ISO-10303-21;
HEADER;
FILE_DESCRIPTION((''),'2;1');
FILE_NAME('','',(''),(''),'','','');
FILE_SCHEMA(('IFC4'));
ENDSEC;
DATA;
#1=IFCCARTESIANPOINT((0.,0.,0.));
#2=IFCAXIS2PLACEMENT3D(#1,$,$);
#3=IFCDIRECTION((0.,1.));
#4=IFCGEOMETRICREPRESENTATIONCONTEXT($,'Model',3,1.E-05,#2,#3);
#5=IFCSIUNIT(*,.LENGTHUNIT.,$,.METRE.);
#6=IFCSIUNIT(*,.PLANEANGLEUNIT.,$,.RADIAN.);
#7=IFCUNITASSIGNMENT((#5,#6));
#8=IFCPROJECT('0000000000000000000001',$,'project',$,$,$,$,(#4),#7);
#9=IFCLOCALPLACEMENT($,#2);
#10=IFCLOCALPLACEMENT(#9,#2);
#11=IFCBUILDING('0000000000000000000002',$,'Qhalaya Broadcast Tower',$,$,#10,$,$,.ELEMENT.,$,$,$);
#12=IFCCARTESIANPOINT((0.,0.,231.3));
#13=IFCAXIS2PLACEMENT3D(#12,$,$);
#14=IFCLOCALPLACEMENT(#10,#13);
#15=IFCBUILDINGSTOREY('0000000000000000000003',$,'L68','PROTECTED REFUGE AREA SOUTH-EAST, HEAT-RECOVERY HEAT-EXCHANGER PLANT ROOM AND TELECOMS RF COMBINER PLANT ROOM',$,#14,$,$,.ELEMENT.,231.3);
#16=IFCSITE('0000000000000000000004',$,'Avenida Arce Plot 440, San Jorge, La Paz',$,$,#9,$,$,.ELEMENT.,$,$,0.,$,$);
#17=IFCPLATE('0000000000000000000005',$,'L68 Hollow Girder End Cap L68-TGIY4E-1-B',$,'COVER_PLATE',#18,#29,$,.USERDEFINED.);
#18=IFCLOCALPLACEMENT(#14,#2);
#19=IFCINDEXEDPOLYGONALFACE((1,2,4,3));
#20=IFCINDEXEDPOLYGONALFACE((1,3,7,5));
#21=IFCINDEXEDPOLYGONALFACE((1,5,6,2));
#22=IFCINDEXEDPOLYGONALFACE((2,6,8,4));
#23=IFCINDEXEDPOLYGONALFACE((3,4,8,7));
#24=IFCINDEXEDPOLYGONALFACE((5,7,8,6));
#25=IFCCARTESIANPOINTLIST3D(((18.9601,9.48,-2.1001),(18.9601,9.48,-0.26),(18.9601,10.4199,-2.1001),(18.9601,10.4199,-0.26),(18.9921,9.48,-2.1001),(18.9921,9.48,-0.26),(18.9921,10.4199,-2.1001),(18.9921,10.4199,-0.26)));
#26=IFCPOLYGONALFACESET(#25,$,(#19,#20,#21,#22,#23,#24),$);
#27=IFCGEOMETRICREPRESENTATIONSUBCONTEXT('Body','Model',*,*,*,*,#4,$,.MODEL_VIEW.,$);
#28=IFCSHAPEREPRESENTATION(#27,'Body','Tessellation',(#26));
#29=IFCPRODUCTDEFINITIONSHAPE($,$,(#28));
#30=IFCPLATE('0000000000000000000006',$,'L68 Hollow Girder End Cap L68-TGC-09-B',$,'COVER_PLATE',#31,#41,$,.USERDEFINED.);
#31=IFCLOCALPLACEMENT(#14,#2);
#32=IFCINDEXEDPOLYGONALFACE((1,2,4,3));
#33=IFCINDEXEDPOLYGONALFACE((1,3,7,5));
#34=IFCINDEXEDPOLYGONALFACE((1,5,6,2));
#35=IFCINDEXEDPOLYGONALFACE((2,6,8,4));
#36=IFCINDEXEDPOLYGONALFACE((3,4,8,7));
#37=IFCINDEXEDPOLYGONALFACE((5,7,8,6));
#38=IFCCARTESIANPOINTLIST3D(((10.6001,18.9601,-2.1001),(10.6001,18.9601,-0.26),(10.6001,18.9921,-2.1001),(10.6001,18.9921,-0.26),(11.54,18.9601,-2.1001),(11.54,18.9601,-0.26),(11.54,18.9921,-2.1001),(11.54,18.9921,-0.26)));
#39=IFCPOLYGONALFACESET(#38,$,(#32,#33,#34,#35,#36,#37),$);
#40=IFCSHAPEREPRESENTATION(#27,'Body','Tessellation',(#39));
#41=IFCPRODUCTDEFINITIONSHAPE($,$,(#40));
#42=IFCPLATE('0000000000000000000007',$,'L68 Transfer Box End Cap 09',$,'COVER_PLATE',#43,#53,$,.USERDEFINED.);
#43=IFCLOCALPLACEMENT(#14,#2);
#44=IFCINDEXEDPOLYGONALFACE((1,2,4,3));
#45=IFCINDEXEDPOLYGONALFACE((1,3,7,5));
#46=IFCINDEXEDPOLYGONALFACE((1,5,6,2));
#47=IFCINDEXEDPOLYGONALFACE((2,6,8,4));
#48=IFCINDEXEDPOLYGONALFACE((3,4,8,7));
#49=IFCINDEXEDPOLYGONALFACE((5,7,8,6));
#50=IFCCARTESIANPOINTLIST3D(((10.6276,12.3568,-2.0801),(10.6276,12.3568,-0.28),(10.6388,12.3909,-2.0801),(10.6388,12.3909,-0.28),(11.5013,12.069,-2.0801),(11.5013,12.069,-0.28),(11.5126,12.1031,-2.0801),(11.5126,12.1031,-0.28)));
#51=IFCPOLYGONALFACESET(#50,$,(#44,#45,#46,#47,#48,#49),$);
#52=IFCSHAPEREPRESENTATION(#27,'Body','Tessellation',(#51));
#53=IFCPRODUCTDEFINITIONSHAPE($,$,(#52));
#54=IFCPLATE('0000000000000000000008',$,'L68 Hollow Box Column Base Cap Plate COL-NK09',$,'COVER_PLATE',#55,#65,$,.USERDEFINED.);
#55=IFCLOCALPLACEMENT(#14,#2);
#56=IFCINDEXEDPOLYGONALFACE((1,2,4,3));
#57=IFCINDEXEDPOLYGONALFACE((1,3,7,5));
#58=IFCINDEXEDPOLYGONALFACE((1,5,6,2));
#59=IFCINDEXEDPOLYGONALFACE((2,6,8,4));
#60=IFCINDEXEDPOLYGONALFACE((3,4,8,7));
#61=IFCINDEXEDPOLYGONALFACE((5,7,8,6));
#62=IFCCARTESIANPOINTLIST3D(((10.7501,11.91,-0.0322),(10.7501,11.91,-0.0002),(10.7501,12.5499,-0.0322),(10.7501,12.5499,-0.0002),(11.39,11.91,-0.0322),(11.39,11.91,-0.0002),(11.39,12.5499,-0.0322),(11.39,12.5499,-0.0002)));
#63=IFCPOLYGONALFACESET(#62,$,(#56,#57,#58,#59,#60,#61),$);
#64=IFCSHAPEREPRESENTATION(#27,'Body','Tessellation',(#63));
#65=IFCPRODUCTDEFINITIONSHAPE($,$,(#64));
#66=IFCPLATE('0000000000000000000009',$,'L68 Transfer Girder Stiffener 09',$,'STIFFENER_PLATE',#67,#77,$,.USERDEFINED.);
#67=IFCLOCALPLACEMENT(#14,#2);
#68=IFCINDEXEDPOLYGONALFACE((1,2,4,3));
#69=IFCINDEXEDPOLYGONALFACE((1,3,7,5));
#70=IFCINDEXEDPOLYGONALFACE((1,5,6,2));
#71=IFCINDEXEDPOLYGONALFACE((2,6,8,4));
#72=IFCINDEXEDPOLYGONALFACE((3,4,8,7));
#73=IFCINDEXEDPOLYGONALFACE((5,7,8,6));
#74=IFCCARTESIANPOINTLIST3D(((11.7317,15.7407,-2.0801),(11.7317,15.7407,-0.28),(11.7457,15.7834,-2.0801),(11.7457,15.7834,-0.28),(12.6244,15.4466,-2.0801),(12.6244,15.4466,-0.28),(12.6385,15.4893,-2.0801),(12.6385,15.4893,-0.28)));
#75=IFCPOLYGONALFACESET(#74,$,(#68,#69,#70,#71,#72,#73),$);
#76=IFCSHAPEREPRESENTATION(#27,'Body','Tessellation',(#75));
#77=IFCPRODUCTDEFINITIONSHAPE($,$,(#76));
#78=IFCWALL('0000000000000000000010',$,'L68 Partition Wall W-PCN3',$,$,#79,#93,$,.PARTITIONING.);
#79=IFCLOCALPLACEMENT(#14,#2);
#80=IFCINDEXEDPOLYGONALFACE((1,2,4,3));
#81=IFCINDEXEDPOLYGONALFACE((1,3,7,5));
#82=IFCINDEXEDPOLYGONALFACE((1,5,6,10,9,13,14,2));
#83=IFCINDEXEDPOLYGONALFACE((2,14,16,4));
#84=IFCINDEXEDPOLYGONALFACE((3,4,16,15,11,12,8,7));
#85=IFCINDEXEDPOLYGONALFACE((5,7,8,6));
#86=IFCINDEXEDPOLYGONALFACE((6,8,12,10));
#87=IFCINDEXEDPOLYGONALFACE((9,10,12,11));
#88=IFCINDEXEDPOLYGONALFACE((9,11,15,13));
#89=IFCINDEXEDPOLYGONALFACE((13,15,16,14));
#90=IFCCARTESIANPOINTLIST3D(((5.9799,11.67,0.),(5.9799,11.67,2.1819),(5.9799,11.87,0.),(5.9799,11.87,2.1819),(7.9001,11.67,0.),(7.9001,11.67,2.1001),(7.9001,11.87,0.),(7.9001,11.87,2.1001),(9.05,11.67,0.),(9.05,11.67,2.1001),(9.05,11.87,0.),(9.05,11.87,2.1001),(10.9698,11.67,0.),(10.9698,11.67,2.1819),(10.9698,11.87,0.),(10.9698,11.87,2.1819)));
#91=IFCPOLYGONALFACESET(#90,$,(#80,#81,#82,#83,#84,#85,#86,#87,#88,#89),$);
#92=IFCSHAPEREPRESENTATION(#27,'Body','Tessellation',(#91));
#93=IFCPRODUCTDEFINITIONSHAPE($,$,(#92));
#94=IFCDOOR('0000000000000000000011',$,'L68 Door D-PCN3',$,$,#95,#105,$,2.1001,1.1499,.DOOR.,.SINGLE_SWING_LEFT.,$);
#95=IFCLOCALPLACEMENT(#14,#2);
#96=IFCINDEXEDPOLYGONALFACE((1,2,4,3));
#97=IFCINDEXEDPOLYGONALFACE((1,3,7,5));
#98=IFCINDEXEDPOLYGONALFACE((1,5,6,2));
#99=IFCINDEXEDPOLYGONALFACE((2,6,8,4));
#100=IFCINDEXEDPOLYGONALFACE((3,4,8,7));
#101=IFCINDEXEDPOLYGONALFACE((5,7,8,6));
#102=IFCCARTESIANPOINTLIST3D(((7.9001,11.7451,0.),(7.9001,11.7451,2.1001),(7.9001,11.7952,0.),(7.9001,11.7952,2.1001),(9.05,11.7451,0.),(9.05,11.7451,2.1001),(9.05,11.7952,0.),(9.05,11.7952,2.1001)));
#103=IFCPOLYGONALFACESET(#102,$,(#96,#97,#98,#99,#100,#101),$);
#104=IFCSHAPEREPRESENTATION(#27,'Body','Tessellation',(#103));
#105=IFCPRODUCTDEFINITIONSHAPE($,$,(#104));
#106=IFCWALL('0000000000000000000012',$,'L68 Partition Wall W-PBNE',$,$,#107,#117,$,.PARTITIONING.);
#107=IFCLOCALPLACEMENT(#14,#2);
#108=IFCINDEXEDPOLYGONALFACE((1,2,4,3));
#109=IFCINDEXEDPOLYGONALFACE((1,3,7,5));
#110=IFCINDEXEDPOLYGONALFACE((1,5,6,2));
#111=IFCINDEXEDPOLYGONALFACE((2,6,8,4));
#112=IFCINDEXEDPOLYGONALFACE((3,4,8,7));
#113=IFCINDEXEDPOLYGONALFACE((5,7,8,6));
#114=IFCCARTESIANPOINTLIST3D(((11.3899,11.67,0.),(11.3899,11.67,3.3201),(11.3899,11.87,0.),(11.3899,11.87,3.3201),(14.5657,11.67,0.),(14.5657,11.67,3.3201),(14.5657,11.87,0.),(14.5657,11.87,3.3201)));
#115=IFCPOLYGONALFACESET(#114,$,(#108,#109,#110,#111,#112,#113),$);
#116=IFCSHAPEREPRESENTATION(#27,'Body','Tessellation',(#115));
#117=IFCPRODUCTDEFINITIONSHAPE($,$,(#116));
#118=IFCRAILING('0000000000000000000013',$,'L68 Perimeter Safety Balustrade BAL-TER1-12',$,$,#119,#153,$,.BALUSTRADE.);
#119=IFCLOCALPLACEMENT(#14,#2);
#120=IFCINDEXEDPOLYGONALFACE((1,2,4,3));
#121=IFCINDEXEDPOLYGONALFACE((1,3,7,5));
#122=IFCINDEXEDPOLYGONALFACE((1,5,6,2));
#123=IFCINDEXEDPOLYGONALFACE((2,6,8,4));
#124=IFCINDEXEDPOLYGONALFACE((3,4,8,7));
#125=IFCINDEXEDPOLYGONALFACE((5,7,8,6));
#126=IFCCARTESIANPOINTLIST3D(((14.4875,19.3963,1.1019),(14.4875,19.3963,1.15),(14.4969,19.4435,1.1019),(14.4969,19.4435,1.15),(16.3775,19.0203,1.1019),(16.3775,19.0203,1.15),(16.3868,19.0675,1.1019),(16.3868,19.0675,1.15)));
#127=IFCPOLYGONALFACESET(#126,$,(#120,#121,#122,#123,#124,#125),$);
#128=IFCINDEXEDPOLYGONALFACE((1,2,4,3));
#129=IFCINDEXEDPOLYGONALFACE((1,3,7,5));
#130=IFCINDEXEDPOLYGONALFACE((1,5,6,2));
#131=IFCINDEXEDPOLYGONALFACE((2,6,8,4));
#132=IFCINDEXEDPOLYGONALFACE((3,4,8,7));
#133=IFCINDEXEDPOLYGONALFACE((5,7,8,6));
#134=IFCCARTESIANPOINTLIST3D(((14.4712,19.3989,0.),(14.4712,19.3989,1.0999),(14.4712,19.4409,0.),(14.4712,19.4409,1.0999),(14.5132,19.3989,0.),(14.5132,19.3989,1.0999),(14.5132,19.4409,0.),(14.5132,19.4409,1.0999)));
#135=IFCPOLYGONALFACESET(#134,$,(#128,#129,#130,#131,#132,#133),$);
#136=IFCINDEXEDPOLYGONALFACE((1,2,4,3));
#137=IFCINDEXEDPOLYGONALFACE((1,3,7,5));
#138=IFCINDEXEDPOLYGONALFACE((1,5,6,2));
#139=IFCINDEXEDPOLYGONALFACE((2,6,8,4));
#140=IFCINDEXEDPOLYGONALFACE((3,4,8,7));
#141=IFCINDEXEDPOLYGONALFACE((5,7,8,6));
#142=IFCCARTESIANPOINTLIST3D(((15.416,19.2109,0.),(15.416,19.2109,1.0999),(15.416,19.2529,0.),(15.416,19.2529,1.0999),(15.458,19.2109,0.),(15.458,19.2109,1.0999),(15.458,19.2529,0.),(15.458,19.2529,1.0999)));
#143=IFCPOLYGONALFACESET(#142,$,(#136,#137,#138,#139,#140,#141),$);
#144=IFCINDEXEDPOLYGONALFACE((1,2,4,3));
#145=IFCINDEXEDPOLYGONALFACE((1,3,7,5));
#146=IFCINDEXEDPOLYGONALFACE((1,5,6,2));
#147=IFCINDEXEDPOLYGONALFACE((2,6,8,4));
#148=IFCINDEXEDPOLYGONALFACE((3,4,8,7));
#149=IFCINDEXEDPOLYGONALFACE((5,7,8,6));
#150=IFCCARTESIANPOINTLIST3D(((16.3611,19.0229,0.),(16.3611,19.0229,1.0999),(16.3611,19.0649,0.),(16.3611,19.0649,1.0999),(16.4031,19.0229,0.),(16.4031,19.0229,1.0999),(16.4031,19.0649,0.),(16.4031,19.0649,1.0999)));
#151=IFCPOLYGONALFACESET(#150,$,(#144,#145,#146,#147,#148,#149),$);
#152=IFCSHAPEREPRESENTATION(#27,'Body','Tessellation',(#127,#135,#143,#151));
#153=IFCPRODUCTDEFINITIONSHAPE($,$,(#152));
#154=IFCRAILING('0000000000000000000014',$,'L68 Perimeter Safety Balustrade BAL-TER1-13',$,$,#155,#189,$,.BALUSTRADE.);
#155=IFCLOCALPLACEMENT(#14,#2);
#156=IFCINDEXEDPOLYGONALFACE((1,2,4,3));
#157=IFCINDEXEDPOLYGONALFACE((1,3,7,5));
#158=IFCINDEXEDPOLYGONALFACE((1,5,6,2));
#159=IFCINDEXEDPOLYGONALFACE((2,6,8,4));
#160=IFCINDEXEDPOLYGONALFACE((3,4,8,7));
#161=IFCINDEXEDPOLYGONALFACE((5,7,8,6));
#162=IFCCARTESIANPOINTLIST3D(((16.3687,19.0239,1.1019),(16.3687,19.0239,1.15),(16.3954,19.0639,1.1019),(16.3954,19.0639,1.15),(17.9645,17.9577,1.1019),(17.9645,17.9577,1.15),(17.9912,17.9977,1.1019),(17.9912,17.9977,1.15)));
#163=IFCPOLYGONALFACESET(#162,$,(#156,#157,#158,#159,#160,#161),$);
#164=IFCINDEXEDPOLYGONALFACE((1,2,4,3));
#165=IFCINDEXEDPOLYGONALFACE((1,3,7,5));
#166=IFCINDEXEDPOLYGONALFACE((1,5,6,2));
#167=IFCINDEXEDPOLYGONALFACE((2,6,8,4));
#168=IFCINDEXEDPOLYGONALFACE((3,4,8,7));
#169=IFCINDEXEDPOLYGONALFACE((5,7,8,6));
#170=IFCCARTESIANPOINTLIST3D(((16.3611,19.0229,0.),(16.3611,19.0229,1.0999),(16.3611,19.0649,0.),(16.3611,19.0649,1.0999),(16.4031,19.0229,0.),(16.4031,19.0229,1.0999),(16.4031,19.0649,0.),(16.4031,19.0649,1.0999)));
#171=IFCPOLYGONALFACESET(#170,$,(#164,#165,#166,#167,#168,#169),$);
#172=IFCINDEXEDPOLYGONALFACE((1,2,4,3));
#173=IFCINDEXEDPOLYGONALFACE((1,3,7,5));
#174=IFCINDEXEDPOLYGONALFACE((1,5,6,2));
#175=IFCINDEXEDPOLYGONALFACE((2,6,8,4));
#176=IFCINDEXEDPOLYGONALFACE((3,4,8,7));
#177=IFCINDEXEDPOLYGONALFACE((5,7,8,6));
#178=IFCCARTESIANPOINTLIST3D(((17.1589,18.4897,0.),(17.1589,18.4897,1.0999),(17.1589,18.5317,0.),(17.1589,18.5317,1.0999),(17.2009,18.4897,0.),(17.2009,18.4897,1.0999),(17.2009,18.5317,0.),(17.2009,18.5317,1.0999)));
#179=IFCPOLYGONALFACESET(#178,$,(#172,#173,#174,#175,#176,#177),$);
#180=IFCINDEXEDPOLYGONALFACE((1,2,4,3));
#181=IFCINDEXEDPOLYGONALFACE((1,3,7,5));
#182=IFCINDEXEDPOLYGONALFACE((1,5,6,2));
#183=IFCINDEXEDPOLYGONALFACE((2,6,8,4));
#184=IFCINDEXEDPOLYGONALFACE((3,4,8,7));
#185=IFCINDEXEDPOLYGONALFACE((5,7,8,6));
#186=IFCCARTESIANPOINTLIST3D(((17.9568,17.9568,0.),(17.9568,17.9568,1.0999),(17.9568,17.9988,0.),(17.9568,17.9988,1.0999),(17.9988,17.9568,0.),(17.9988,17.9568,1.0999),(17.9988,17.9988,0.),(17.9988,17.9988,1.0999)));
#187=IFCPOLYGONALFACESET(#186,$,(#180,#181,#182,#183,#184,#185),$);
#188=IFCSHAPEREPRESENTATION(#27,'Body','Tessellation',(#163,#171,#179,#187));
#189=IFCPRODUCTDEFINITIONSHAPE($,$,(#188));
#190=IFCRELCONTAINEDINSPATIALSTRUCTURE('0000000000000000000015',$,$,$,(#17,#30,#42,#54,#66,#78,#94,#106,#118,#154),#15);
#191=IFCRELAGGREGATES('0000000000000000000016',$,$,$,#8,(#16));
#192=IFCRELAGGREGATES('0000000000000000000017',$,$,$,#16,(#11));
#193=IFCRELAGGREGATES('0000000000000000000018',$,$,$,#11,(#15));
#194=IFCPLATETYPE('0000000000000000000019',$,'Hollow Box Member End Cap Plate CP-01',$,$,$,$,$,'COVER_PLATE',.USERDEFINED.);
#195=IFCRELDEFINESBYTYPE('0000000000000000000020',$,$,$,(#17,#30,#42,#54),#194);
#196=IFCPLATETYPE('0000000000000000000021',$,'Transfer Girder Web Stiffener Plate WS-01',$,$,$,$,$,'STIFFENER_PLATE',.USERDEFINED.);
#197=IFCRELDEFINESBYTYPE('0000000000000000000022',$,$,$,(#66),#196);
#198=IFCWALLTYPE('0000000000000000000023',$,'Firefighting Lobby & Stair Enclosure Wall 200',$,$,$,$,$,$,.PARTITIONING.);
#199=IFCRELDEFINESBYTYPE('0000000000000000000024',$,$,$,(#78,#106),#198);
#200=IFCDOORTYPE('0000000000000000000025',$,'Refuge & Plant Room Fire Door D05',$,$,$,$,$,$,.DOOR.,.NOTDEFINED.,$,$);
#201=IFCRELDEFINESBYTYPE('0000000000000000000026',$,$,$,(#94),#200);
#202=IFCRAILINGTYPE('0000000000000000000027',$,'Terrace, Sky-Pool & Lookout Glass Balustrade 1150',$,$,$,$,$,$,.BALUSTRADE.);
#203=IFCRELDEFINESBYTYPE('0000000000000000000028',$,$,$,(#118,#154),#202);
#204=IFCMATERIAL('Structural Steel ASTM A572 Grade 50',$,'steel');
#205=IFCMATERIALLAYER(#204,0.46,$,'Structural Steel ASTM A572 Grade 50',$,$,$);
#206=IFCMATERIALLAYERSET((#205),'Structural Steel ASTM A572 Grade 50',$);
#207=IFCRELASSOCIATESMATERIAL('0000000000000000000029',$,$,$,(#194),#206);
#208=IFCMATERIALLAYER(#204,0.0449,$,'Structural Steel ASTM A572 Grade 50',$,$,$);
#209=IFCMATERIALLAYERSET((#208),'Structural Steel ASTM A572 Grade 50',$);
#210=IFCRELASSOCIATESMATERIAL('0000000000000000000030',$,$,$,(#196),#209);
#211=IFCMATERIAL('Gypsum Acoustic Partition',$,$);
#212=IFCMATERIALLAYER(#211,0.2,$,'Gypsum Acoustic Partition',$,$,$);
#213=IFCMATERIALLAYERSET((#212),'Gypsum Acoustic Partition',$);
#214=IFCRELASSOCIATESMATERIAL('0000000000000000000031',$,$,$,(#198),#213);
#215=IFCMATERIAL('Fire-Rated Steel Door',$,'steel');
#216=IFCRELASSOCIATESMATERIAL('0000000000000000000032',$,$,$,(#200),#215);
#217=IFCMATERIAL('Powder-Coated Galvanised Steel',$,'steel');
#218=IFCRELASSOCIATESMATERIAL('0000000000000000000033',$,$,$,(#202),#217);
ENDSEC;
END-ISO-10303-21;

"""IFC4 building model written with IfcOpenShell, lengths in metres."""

from ifc_helpers import new_model, si_unit, direction, frame, frame_2d, origin, origin_2d, place, context, subcontext, project, spatial, rectangle, extrude, material, layer, layer_set, type_object, element, fill, save


model = new_model("IFC4")

# Units and contexts
model_context = context("Model", 3, precision=1e-05, world=origin(), true_north=direction((0.0, 1.0)))
body_context = subcontext(model_context, "Body", "Model", "MODEL_VIEW")
ifc_project = project(units=[si_unit("LENGTHUNIT", "METRE"), si_unit("PLANEANGLEUNIT", "RADIAN")], contexts=[model_context])

# Site, building, storey
site_placement = place(None, origin())
site = spatial("IfcSite", under=ifc_project, at=site_placement, Name="Avenida Arce Plot 440, San Jorge, La Paz", CompositionType="ELEMENT", RefElevation=0.0)
building_placement = place(site_placement, origin())
building = spatial("IfcBuilding", under=site, at=building_placement, Name="Qhalaya Broadcast Tower", CompositionType="ELEMENT")
storey_placement = place(building_placement, frame((0.0, 0.0, 231.3)))
storey = spatial("IfcBuildingStorey", under=building, at=storey_placement, Name="L68", Description="PROTECTED REFUGE AREA SOUTH-EAST, HEAT-RECOVERY HEAT-EXCHANGER PLANT ROOM AND TELECOMS RF COMBINER PLANT ROOM", CompositionType="ELEMENT", Elevation=231.3)

# Shared definitions
ifc_material_1 = material(Name="Structural Steel ASTM A572 Grade 50", Category="steel")

# Plates
ifc_layer_1 = layer(ifc_material_1, 0.46, Name="Structural Steel ASTM A572 Grade 50")
ifc_layer_set_1 = layer_set([ifc_layer_1], Name="Structural Steel ASTM A572 Grade 50")
plate_type_1 = type_object("IfcPlateType", Name="Hollow Box Member End Cap Plate CP-01", ElementType="COVER_PLATE", PredefinedType="USERDEFINED", material=ifc_layer_set_1)
for number, where, z_axis, x_axis, name in (
    (1, (18.9761, 9.95, -2.1001), (0.0, 0.0, 1.0), (0.0, 1.0, 0.0), "L68 Hollow Girder End Cap L68-TGIY4E-1-B"),
    (2, (11.0701, 18.9761, -2.1001), (0.0, 0.0, 1.0), (-1.0, 0.0, 0.0), "L68 Hollow Girder End Cap L68-TGC-09-B"),
):
    element("IfcPlate", number, at=place(storey_placement, frame(where, z_axis=z_axis, x_axis=x_axis)), inside=storey, type_object=plate_type_1, Name=name, ObjectType="COVER_PLATE", PredefinedType="USERDEFINED", context=body_context, shape_type="SweptSolid", body=[
        extrude(rectangle(XDim=0.9399, YDim=0.032, at=origin_2d()), origin(), (0.0, 0.0, 1.0), 1.8401),
    ])
plate_1_placement = place(storey_placement, frame((11.0701, 12.23, -2.0801), z_axis=(0.0, 0.0, 1.0), x_axis=(0.949797, -0.312865, 0.0)))
element("IfcPlate", 3, at=plate_1_placement, inside=storey, type_object=plate_type_1, Name="L68 Transfer Box End Cap 09", ObjectType="COVER_PLATE", PredefinedType="USERDEFINED", context=body_context, shape_type="SweptSolid", body=[
    extrude(rectangle(XDim=0.9199, YDim=0.0359, at=origin_2d()), origin(), (0.0, 0.0, 1.0), 1.8),
])
plate_2_placement = place(storey_placement, frame((11.0701, 12.23, -0.0322), z_axis=(0.0, 0.0, 1.0), x_axis=(1.0, 0.0, 0.0)))
element("IfcPlate", 4, at=plate_2_placement, inside=storey, type_object=plate_type_1, Name="L68 Hollow Box Column Base Cap Plate COL-NK09", ObjectType="COVER_PLATE", PredefinedType="USERDEFINED", context=body_context, shape_type="SweptSolid", body=[
    extrude(rectangle(XDim=0.6399, YDim=0.6399, at=origin_2d()), origin(), (0.0, 0.0, 1.0), 0.032),
])
ifc_layer_2 = layer(ifc_material_1, 0.0449, Name="Structural Steel ASTM A572 Grade 50")
ifc_layer_set_2 = layer_set([ifc_layer_2], Name="Structural Steel ASTM A572 Grade 50")
plate_type_2 = type_object("IfcPlateType", Name="Transfer Girder Web Stiffener Plate WS-01", ElementType="STIFFENER_PLATE", PredefinedType="USERDEFINED", material=ifc_layer_set_2)
plate_3_placement = place(storey_placement, frame((12.1851, 15.615, -2.0801), z_axis=(0.0, 0.0, 1.0), x_axis=(0.949797, -0.312865, 0.0)))
element("IfcPlate", 5, at=plate_3_placement, inside=storey, type_object=plate_type_2, Name="L68 Transfer Girder Stiffener 09", ObjectType="STIFFENER_PLATE", PredefinedType="USERDEFINED", context=body_context, shape_type="SweptSolid", body=[
    extrude(rectangle(XDim=0.9399, YDim=0.0449, at=origin_2d()), origin(), (0.0, 0.0, 1.0), 1.8),
])

# Wall, opening, door
ifc_material_2 = material(Name="Gypsum Acoustic Partition")
ifc_layer_3 = layer(ifc_material_2, 0.2, Name="Gypsum Acoustic Partition")
ifc_layer_set_3 = layer_set([ifc_layer_3], Name="Gypsum Acoustic Partition")
wall_type = type_object("IfcWallType", Name="Firefighting Lobby & Stair Enclosure Wall 200", PredefinedType="PARTITIONING", material=ifc_layer_set_3)
wall_1_placement = place(storey_placement, frame((10.97, 11.77, 0.0), z_axis=(0.0, 0.0, 1.0), x_axis=(-1.0, 0.0, 0.0)))
wall_1 = element("IfcWall", 6, at=wall_1_placement, inside=storey, type_object=wall_type, Name="L68 Partition Wall W-PCN3", PredefinedType="PARTITIONING", context=body_context, shape_type="SweptSolid", body=[
    extrude(rectangle(XDim=4.99, YDim=0.2, at=frame_2d((2.4951, 0.0))), origin(), (0.0, 0.0, 1.0), 2.1819),
])
opening_placement = place(wall_1_placement, frame((1.9199, 0.0, 0.0)))
opening = element("IfcOpeningElement", 7, at=opening_placement, cuts=wall_1, PredefinedType="OPENING", context=body_context, shape_type="SweptSolid", body=[
    extrude(rectangle(XDim=1.1499, YDim=2.1001, at=frame_2d((0.575, 1.05))), frame((0.0, 0.1121, 0.0), z_axis=(0.0, -1.0, 0.0), x_axis=(1.0, 0.0, 0.0)), (0.0, 0.0, 1.0), 0.2239),
])
ifc_material_3 = material(Name="Fire-Rated Steel Door", Category="steel")
door_type = type_object("IfcDoorType", Name="Refuge & Plant Room Fire Door D05", OperationType="NOTDEFINED", PredefinedType="DOOR", material=ifc_material_3)
door_placement = place(opening_placement, origin())
door = element("IfcDoor", 8, at=door_placement, inside=storey, type_object=door_type, Name="L68 Door D-PCN3", OperationType="SINGLE_SWING_LEFT", OverallHeight=2.1001, OverallWidth=1.1499, PredefinedType="DOOR", context=body_context, shape_type="SweptSolid", body=[
    extrude(rectangle(XDim=1.1499, YDim=2.1001, at=frame_2d((0.575, 1.05))), frame((0.0, 0.0249, 0.0), z_axis=(0.0, -1.0, 0.0), x_axis=(1.0, 0.0, 0.0)), (0.0, 0.0, 1.0), 0.05),
])
fill(opening, door)

# Wall
wall_2_placement = place(storey_placement, frame((11.3899, 11.77, 0.0), z_axis=(0.0, 0.0, 1.0), x_axis=(1.0, 0.0, 0.0)))
element("IfcWall", 9, at=wall_2_placement, inside=storey, type_object=wall_type, Name="L68 Partition Wall W-PBNE", PredefinedType="PARTITIONING", context=body_context, shape_type="SweptSolid", body=[
    extrude(rectangle(XDim=3.1758, YDim=0.2, at=frame_2d((1.5879, 0.0))), origin(), (0.0, 0.0, 1.0), 3.3201),
])

# Railings
ifc_material_4 = material(Name="Powder-Coated Galvanised Steel", Category="steel")
railing_type = type_object("IfcRailingType", Name="Terrace, Sky-Pool & Lookout Glass Balustrade 1150", PredefinedType="BALUSTRADE", material=ifc_material_4)
railing_1_placement = place(storey_placement, frame((14.4922, 19.4199, 0.0)))
element("IfcRailing", 10, at=railing_1_placement, inside=storey, type_object=railing_type, Name="L68 Perimeter Safety Balustrade BAL-TER1-12", PredefinedType="BALUSTRADE", context=body_context, shape_type="SweptSolid", body=[
    extrude(rectangle(XDim=0.0481, YDim=0.0481, at=origin_2d()), frame((0.0, 0.0, 1.126), z_axis=(0.98078, -0.195117, 0.0), x_axis=(0.195117, 0.98078, 0.0)), (0.0, 0.0, 1.0), 1.927),
    extrude(rectangle(XDim=0.042, YDim=0.042, at=origin_2d()), origin(), (0.0, 0.0, 1.0), 1.0999),
    extrude(rectangle(XDim=0.042, YDim=0.042, at=origin_2d()), frame((0.9448, -0.188, 0.0)), (0.0, 0.0, 1.0), 1.0999),
    extrude(rectangle(XDim=0.042, YDim=0.042, at=origin_2d()), frame((1.8899, -0.376, 0.0)), (0.0, 0.0, 1.0), 1.0999),
])
railing_2_placement = place(storey_placement, frame((16.3821, 19.0439, 0.0)))
element("IfcRailing", 11, at=railing_2_placement, inside=storey, type_object=railing_type, Name="L68 Perimeter Safety Balustrade BAL-TER1-13", PredefinedType="BALUSTRADE", context=body_context, shape_type="SweptSolid", body=[
    extrude(rectangle(XDim=0.0481, YDim=0.0481, at=origin_2d()), frame((0.0, 0.0, 1.126), z_axis=(0.831482, -0.555551, 0.0), x_axis=(0.555551, 0.831482, 0.0)), (0.0, 0.0, 1.0), 1.9192),
    extrude(rectangle(XDim=0.042, YDim=0.042, at=origin_2d()), origin(), (0.0, 0.0, 1.0), 1.0999),
    extrude(rectangle(XDim=0.042, YDim=0.042, at=origin_2d()), frame((0.7979, -0.5332, 0.0)), (0.0, 0.0, 1.0), 1.0999),
    extrude(rectangle(XDim=0.042, YDim=0.042, at=origin_2d()), frame((1.5957, -1.0662, 0.0)), (0.0, 0.0, 1.0), 1.0999),
])

save(model, "model.ifc")
